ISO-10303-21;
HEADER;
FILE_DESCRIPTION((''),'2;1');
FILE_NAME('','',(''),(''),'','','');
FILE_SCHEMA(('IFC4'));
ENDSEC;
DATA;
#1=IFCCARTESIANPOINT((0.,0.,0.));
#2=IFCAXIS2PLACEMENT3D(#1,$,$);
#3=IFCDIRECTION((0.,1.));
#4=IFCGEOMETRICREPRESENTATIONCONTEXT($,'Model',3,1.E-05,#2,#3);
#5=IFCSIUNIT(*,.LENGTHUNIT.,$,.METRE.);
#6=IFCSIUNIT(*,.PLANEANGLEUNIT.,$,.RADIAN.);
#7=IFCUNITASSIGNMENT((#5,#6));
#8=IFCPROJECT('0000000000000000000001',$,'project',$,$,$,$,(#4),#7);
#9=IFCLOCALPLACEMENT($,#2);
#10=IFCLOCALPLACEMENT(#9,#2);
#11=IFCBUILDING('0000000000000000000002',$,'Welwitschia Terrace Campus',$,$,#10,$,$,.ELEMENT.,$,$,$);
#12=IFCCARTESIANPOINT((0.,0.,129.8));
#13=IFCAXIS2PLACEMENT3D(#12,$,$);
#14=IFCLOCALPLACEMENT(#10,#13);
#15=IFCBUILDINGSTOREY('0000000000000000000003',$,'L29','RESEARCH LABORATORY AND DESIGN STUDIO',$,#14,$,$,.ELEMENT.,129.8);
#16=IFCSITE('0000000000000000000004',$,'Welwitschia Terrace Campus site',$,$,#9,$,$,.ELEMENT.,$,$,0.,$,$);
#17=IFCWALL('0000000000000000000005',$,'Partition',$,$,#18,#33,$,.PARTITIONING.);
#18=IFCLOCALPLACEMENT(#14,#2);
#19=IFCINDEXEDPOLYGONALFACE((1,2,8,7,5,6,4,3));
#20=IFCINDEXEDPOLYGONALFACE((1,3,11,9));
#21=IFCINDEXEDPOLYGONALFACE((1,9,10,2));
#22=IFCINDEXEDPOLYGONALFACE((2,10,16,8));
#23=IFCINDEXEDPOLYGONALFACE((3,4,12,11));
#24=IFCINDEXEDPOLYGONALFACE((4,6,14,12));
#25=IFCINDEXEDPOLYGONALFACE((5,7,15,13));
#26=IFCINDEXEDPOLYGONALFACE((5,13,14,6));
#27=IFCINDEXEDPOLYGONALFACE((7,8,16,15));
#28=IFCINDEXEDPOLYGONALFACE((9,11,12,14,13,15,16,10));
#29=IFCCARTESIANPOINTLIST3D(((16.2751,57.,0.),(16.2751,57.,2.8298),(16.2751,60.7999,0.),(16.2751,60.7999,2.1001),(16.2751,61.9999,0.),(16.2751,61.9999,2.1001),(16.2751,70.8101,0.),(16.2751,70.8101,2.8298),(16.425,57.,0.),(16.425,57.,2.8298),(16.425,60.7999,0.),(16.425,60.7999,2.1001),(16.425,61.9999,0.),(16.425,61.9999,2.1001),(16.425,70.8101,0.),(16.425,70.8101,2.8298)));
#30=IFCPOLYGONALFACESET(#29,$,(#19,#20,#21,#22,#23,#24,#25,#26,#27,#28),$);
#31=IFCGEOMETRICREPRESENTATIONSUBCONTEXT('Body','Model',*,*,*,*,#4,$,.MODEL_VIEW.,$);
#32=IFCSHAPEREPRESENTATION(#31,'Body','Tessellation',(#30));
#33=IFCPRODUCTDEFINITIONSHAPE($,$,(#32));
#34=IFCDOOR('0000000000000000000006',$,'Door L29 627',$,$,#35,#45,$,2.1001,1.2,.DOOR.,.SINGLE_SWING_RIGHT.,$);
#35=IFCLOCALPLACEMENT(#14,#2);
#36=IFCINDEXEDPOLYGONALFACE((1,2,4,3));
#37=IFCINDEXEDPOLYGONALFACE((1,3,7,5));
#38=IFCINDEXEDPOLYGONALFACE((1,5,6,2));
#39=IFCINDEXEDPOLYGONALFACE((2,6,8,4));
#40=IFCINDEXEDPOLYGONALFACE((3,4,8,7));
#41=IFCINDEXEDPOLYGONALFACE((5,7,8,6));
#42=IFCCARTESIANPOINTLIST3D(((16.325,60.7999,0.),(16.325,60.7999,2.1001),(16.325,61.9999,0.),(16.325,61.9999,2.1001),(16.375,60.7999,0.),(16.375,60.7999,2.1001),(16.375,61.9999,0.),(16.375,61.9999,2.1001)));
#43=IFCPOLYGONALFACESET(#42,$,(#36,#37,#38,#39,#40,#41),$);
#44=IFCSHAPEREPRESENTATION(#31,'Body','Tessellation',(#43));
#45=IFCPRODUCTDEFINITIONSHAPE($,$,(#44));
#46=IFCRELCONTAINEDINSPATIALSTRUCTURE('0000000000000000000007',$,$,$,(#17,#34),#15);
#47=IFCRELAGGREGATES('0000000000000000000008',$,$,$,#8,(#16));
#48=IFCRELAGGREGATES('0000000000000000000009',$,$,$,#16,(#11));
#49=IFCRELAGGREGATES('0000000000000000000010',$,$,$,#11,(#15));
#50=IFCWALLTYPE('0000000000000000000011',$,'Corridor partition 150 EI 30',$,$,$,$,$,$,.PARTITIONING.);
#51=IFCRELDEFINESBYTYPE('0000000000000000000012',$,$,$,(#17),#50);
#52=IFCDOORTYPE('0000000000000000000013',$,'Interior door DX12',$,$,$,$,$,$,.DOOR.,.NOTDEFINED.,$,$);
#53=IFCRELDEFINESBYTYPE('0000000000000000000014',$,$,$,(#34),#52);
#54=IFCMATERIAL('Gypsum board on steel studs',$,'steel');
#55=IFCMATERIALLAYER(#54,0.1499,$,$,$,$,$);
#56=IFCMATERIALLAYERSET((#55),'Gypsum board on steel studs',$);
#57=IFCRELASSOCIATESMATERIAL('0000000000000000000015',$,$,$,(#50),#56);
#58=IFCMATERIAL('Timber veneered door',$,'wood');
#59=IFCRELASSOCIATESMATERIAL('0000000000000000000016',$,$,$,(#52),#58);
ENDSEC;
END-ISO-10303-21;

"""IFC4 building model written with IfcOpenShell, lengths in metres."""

from ifc_helpers import new_model, si_unit, direction, frame, frame_2d, origin, place, context, subcontext, project, spatial, rectangle, extrude, material, layer, layer_set, type_object, element, fill, save


model = new_model("IFC4")

# Units and contexts
model_context = context("Model", 3, precision=1e-05, world=origin(), true_north=direction((0.0, 1.0)))
body_context = subcontext(model_context, "Body", "Model", "MODEL_VIEW")
ifc_project = project(units=[si_unit("LENGTHUNIT", "METRE"), si_unit("PLANEANGLEUNIT", "RADIAN")], contexts=[model_context])

# Site, building, storey
site_placement = place(None, origin())
site = spatial("IfcSite", under=ifc_project, at=site_placement, Name="Welwitschia Terrace Campus site", CompositionType="ELEMENT", RefElevation=0.0)
building_placement = place(site_placement, origin())
building = spatial("IfcBuilding", under=site, at=building_placement, Name="Welwitschia Terrace Campus", CompositionType="ELEMENT")
storey_placement = place(building_placement, frame((0.0, 0.0, 129.8)))
storey = spatial("IfcBuildingStorey", under=building, at=storey_placement, Name="L29", Description="RESEARCH LABORATORY AND DESIGN STUDIO", CompositionType="ELEMENT", Elevation=129.8)

# Wall, opening, door
ifc_material_1 = material(Name="Gypsum board on steel studs", Category="steel")
ifc_layer_1 = layer(ifc_material_1, 0.1499)
ifc_layer_set_1 = layer_set([ifc_layer_1], Name="Gypsum board on steel studs")
wall_type = type_object("IfcWallType", Name="Corridor partition 150 EI 30", PredefinedType="PARTITIONING", material=ifc_layer_set_1)
wall_placement = place(storey_placement, frame((16.3501, 70.8101, 0.0), z_axis=(0.0, 0.0, 1.0), x_axis=(0.0, -1.0, 0.0)))
wall = element("IfcWall", 1, at=wall_placement, inside=storey, type_object=wall_type, Name="Partition", PredefinedType="PARTITIONING", context=body_context, shape_type="SweptSolid", body=[
    extrude(rectangle(XDim=13.8101, YDim=0.1499, at=frame_2d((6.905, 0.0))), origin(), (0.0, 0.0, 1.0), 2.8298),
])
opening_placement = place(wall_placement, frame((8.8101, 0.0, 0.0)))
opening = element("IfcOpeningElement", 2, at=opening_placement, cuts=wall, PredefinedType="OPENING", context=body_context, shape_type="SweptSolid", body=[
    extrude(rectangle(XDim=1.2, YDim=2.1001, at=frame_2d((0.6001, 1.05))), frame((0.0, 0.085, 0.0), z_axis=(0.0, -1.0, 0.0), x_axis=(1.0, 0.0, 0.0)), (0.0, 0.0, 1.0), 0.1699),
])
ifc_material_2 = material(Name="Timber veneered door", Category="wood")
door_type = type_object("IfcDoorType", Name="Interior door DX12", OperationType="NOTDEFINED", PredefinedType="DOOR", material=ifc_material_2)
door_placement = place(opening_placement, origin())
door = element("IfcDoor", 3, at=door_placement, inside=storey, type_object=door_type, Name="Door L29 627", OperationType="SINGLE_SWING_RIGHT", OverallHeight=2.1001, OverallWidth=1.2, PredefinedType="DOOR", context=body_context, shape_type="SweptSolid", body=[
    extrude(rectangle(XDim=1.2, YDim=2.1001, at=frame_2d((0.6001, 1.05))), frame((0.0, 0.0249, 0.0), z_axis=(0.0, -1.0, 0.0), x_axis=(1.0, 0.0, 0.0)), (0.0, 0.0, 1.0), 0.05),
])
fill(opening, door)

save(model, "model.ifc")
